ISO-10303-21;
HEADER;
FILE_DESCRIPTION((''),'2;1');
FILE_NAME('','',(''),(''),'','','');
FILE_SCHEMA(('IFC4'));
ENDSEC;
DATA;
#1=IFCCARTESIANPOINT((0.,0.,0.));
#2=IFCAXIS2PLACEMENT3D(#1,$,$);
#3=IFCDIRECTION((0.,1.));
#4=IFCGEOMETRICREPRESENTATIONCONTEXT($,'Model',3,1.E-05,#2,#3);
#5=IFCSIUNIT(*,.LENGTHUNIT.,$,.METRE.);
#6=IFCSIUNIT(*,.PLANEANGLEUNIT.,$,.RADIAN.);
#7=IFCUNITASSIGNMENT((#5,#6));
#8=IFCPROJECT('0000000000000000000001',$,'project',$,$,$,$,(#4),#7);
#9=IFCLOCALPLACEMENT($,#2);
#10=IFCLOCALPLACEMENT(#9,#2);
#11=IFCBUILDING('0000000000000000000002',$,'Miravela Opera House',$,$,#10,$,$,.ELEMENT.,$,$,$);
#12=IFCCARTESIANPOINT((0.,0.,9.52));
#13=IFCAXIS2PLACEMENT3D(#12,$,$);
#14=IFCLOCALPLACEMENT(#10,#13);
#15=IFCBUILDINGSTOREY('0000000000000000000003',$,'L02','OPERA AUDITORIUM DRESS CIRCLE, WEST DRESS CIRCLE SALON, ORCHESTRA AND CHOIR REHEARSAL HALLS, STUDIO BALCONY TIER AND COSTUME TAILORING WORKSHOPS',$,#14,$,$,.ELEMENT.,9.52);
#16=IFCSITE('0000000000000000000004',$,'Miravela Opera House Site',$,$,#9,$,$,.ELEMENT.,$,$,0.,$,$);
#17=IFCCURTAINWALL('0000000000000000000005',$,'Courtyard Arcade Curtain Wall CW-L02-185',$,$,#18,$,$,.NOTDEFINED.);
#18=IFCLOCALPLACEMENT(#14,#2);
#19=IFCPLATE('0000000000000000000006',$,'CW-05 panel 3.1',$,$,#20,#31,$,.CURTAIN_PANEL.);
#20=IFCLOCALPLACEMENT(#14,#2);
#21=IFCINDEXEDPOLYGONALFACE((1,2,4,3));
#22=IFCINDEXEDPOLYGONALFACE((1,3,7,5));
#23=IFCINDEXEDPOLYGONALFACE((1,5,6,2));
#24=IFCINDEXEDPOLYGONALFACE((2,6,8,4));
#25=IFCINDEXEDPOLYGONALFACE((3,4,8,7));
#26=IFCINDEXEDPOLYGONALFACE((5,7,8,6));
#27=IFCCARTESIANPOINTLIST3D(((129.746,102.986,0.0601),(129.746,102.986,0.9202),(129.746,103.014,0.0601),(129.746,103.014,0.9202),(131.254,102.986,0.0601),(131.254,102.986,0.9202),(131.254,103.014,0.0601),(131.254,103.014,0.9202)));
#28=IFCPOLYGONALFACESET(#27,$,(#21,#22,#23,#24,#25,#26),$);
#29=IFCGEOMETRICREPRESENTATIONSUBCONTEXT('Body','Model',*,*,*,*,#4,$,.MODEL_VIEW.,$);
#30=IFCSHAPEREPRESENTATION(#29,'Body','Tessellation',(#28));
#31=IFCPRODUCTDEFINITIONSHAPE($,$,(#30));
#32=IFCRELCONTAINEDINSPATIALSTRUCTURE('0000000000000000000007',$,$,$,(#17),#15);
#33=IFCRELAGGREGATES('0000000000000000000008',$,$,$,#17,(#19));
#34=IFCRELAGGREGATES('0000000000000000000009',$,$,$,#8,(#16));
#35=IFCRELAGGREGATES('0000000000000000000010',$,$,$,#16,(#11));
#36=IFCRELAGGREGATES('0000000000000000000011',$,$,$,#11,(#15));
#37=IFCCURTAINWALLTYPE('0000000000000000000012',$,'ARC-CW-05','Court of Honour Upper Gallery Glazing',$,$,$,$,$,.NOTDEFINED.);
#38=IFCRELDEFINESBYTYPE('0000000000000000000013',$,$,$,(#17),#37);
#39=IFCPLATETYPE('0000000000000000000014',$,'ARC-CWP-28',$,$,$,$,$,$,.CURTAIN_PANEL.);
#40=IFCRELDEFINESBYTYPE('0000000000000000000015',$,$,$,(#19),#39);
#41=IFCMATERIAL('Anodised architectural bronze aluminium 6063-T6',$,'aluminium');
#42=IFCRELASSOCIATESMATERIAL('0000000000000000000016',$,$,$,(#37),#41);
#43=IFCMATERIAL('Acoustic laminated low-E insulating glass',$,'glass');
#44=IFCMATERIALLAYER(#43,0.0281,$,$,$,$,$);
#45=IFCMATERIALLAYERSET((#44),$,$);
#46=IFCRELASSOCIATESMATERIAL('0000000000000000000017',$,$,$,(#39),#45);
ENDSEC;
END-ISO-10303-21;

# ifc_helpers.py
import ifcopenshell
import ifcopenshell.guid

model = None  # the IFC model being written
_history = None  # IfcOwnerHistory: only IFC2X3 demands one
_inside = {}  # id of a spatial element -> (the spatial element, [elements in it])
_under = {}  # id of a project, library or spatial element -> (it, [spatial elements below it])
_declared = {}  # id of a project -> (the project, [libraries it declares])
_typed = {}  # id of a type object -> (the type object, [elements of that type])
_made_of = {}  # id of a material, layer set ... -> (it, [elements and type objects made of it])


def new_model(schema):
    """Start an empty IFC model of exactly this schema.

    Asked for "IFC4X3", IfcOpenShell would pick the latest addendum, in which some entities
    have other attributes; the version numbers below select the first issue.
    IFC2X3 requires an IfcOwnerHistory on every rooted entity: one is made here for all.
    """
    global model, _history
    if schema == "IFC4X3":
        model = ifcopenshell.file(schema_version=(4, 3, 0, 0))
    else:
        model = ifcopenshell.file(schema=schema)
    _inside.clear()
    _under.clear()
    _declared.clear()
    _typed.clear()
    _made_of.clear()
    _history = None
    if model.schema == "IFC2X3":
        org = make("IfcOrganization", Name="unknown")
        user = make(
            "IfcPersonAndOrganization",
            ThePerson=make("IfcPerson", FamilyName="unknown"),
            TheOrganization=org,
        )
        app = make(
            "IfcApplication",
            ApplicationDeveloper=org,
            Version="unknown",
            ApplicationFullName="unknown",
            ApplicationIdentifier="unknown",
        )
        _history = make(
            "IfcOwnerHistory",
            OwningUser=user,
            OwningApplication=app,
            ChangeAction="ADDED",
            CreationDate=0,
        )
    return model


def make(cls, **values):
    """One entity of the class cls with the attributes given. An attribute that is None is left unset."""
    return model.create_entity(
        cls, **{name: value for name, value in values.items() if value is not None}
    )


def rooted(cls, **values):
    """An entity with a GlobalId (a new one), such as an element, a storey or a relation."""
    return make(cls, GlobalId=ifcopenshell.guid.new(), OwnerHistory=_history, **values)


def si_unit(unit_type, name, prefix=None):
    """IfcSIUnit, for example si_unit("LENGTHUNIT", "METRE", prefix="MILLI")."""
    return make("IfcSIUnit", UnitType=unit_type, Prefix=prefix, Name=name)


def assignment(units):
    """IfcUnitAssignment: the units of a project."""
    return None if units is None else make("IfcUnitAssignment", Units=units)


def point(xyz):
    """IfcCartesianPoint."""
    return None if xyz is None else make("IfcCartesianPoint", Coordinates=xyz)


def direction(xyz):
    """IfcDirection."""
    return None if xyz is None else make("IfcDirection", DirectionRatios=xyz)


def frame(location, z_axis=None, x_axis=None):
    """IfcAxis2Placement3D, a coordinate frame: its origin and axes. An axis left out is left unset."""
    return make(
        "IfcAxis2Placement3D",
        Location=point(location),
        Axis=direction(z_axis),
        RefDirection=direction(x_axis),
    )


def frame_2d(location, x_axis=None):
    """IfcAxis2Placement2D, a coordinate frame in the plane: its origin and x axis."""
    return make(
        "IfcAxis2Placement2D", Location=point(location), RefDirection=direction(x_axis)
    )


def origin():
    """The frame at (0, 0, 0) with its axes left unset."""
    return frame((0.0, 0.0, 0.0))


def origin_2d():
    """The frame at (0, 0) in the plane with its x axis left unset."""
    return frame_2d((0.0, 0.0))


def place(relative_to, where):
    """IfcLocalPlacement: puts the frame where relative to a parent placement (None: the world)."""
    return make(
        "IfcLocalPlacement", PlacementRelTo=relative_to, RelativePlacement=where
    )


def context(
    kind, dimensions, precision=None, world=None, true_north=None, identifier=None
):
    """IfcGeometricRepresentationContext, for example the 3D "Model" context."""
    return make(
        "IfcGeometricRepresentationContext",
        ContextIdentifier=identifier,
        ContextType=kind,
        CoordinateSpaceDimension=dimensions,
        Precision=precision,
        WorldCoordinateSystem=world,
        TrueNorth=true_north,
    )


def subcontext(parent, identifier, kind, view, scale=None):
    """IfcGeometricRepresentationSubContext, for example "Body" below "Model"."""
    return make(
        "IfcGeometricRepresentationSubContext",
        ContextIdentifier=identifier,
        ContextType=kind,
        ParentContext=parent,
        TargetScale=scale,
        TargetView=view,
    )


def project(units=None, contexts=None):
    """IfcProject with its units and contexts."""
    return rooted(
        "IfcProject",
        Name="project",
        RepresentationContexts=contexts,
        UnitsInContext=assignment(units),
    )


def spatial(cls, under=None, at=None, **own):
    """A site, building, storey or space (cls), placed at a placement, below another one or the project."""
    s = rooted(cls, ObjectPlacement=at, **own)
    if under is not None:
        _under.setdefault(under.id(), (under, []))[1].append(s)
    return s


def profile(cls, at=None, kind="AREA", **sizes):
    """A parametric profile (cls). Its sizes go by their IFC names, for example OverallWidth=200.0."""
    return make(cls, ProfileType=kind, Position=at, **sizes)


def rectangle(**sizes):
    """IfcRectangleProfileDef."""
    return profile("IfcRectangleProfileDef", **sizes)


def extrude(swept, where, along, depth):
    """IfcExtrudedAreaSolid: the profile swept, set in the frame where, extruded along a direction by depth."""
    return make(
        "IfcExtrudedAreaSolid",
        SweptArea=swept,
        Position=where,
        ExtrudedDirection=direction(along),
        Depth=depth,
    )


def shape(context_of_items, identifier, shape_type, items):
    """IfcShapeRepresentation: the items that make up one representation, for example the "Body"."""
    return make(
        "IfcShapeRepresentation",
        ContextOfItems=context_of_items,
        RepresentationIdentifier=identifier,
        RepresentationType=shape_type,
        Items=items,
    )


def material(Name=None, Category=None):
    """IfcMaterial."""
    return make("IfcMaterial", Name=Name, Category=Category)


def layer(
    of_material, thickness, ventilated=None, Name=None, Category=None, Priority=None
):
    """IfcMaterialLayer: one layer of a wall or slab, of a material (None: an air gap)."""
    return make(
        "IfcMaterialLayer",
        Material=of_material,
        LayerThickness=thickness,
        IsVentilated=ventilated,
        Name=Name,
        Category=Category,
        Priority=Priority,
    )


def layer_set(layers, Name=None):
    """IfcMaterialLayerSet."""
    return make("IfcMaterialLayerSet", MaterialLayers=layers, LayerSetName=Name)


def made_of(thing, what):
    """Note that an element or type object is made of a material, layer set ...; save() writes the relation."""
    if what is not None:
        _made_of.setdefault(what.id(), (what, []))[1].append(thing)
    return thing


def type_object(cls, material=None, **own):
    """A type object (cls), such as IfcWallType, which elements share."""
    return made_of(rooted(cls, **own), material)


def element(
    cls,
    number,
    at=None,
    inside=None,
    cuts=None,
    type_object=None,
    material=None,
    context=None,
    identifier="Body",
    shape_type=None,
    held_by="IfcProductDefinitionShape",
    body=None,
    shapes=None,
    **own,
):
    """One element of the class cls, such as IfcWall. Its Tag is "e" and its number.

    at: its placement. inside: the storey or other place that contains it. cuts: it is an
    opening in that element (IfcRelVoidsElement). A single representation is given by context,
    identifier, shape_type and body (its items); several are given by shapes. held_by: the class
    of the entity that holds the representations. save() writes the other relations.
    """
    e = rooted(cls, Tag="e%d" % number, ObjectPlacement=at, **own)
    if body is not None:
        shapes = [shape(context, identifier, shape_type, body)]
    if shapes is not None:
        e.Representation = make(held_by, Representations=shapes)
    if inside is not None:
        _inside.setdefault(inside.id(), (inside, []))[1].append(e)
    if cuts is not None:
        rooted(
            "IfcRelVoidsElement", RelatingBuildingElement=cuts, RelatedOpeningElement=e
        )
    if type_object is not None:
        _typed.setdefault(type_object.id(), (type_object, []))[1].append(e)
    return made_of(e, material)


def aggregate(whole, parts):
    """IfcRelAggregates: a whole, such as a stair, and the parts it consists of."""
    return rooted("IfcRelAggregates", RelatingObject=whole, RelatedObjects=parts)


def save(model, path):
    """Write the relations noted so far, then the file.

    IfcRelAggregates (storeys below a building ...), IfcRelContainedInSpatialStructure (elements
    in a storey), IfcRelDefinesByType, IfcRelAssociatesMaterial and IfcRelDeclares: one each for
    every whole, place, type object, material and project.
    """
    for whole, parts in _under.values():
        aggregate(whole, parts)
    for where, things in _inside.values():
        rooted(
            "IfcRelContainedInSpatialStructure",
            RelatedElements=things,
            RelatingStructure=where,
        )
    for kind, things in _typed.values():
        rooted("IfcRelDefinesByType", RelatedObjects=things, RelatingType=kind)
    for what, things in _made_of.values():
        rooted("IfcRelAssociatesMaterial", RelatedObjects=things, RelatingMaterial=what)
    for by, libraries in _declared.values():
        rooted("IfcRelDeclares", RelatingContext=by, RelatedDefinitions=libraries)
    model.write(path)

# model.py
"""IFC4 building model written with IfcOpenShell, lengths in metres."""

from ifc_helpers import new_model, si_unit, direction, frame, origin, origin_2d, place, context, subcontext, project, spatial, rectangle, extrude, material, layer, layer_set, type_object, element, aggregate, save


model = new_model("IFC4")

# Units and contexts
model_context = context("Model", 3, precision=1e-05, world=origin(), true_north=direction((0.0, 1.0)))
body_context = subcontext(model_context, "Body", "Model", "MODEL_VIEW")
ifc_project = project(units=[si_unit("LENGTHUNIT", "METRE"), si_unit("PLANEANGLEUNIT", "RADIAN")], contexts=[model_context])

# Site, building, storey
site_placement = place(None, origin())
site = spatial("IfcSite", under=ifc_project, at=site_placement, Name="Miravela Opera House Site", CompositionType="ELEMENT", RefElevation=0.0)
building_placement = place(site_placement, origin())
building = spatial("IfcBuilding", under=site, at=building_placement, Name="Miravela Opera House", CompositionType="ELEMENT")
storey_placement = place(building_placement, frame((0.0, 0.0, 9.52)))
storey = spatial("IfcBuildingStorey", under=building, at=storey_placement, Name="L02", Description="OPERA AUDITORIUM DRESS CIRCLE, WEST DRESS CIRCLE SALON, ORCHESTRA AND CHOIR REHEARSAL HALLS, STUDIO BALCONY TIER AND COSTUME TAILORING WORKSHOPS", CompositionType="ELEMENT", Elevation=9.52)

# Curtain wall
ifc_material_1 = material(Name="Anodised architectural bronze aluminium 6063-T6", Category="aluminium")
curtain_wall_type = type_object("IfcCurtainWallType", Name="ARC-CW-05", Description="Court of Honour Upper Gallery Glazing", PredefinedType="NOTDEFINED", material=ifc_material_1)
curtain_wall_placement = place(storey_placement, origin())
curtain_wall = element("IfcCurtainWall", 1, at=curtain_wall_placement, inside=storey, type_object=curtain_wall_type, Name="Courtyard Arcade Curtain Wall CW-L02-185", PredefinedType="NOTDEFINED")

# Plate
ifc_material_2 = material(Name="Acoustic laminated low-E insulating glass", Category="glass")
ifc_layer = layer(ifc_material_2, 0.0281)
ifc_layer_set = layer_set([ifc_layer])
plate_type = type_object("IfcPlateType", Name="ARC-CWP-28", PredefinedType="CURTAIN_PANEL", material=ifc_layer_set)
plate_1_placement = place(storey_placement, frame((130.5, 103.0, 0.0601), z_axis=(0.0, 0.0, 1.0), x_axis=(1.0, 0.0, 0.0)))
plate_1 = element("IfcPlate", 2, at=plate_1_placement, type_object=plate_type, Name="CW-05 panel 3.1", PredefinedType="CURTAIN_PANEL", context=body_context, shape_type="SweptSolid", body=[
    extrude(rectangle(XDim=1.5081, YDim=0.0281, at=origin_2d()), origin(), (0.0, 0.0, 1.0), 0.8601),
])
aggregate(curtain_wall, [plate_1])

save(model, "model.ifc")
